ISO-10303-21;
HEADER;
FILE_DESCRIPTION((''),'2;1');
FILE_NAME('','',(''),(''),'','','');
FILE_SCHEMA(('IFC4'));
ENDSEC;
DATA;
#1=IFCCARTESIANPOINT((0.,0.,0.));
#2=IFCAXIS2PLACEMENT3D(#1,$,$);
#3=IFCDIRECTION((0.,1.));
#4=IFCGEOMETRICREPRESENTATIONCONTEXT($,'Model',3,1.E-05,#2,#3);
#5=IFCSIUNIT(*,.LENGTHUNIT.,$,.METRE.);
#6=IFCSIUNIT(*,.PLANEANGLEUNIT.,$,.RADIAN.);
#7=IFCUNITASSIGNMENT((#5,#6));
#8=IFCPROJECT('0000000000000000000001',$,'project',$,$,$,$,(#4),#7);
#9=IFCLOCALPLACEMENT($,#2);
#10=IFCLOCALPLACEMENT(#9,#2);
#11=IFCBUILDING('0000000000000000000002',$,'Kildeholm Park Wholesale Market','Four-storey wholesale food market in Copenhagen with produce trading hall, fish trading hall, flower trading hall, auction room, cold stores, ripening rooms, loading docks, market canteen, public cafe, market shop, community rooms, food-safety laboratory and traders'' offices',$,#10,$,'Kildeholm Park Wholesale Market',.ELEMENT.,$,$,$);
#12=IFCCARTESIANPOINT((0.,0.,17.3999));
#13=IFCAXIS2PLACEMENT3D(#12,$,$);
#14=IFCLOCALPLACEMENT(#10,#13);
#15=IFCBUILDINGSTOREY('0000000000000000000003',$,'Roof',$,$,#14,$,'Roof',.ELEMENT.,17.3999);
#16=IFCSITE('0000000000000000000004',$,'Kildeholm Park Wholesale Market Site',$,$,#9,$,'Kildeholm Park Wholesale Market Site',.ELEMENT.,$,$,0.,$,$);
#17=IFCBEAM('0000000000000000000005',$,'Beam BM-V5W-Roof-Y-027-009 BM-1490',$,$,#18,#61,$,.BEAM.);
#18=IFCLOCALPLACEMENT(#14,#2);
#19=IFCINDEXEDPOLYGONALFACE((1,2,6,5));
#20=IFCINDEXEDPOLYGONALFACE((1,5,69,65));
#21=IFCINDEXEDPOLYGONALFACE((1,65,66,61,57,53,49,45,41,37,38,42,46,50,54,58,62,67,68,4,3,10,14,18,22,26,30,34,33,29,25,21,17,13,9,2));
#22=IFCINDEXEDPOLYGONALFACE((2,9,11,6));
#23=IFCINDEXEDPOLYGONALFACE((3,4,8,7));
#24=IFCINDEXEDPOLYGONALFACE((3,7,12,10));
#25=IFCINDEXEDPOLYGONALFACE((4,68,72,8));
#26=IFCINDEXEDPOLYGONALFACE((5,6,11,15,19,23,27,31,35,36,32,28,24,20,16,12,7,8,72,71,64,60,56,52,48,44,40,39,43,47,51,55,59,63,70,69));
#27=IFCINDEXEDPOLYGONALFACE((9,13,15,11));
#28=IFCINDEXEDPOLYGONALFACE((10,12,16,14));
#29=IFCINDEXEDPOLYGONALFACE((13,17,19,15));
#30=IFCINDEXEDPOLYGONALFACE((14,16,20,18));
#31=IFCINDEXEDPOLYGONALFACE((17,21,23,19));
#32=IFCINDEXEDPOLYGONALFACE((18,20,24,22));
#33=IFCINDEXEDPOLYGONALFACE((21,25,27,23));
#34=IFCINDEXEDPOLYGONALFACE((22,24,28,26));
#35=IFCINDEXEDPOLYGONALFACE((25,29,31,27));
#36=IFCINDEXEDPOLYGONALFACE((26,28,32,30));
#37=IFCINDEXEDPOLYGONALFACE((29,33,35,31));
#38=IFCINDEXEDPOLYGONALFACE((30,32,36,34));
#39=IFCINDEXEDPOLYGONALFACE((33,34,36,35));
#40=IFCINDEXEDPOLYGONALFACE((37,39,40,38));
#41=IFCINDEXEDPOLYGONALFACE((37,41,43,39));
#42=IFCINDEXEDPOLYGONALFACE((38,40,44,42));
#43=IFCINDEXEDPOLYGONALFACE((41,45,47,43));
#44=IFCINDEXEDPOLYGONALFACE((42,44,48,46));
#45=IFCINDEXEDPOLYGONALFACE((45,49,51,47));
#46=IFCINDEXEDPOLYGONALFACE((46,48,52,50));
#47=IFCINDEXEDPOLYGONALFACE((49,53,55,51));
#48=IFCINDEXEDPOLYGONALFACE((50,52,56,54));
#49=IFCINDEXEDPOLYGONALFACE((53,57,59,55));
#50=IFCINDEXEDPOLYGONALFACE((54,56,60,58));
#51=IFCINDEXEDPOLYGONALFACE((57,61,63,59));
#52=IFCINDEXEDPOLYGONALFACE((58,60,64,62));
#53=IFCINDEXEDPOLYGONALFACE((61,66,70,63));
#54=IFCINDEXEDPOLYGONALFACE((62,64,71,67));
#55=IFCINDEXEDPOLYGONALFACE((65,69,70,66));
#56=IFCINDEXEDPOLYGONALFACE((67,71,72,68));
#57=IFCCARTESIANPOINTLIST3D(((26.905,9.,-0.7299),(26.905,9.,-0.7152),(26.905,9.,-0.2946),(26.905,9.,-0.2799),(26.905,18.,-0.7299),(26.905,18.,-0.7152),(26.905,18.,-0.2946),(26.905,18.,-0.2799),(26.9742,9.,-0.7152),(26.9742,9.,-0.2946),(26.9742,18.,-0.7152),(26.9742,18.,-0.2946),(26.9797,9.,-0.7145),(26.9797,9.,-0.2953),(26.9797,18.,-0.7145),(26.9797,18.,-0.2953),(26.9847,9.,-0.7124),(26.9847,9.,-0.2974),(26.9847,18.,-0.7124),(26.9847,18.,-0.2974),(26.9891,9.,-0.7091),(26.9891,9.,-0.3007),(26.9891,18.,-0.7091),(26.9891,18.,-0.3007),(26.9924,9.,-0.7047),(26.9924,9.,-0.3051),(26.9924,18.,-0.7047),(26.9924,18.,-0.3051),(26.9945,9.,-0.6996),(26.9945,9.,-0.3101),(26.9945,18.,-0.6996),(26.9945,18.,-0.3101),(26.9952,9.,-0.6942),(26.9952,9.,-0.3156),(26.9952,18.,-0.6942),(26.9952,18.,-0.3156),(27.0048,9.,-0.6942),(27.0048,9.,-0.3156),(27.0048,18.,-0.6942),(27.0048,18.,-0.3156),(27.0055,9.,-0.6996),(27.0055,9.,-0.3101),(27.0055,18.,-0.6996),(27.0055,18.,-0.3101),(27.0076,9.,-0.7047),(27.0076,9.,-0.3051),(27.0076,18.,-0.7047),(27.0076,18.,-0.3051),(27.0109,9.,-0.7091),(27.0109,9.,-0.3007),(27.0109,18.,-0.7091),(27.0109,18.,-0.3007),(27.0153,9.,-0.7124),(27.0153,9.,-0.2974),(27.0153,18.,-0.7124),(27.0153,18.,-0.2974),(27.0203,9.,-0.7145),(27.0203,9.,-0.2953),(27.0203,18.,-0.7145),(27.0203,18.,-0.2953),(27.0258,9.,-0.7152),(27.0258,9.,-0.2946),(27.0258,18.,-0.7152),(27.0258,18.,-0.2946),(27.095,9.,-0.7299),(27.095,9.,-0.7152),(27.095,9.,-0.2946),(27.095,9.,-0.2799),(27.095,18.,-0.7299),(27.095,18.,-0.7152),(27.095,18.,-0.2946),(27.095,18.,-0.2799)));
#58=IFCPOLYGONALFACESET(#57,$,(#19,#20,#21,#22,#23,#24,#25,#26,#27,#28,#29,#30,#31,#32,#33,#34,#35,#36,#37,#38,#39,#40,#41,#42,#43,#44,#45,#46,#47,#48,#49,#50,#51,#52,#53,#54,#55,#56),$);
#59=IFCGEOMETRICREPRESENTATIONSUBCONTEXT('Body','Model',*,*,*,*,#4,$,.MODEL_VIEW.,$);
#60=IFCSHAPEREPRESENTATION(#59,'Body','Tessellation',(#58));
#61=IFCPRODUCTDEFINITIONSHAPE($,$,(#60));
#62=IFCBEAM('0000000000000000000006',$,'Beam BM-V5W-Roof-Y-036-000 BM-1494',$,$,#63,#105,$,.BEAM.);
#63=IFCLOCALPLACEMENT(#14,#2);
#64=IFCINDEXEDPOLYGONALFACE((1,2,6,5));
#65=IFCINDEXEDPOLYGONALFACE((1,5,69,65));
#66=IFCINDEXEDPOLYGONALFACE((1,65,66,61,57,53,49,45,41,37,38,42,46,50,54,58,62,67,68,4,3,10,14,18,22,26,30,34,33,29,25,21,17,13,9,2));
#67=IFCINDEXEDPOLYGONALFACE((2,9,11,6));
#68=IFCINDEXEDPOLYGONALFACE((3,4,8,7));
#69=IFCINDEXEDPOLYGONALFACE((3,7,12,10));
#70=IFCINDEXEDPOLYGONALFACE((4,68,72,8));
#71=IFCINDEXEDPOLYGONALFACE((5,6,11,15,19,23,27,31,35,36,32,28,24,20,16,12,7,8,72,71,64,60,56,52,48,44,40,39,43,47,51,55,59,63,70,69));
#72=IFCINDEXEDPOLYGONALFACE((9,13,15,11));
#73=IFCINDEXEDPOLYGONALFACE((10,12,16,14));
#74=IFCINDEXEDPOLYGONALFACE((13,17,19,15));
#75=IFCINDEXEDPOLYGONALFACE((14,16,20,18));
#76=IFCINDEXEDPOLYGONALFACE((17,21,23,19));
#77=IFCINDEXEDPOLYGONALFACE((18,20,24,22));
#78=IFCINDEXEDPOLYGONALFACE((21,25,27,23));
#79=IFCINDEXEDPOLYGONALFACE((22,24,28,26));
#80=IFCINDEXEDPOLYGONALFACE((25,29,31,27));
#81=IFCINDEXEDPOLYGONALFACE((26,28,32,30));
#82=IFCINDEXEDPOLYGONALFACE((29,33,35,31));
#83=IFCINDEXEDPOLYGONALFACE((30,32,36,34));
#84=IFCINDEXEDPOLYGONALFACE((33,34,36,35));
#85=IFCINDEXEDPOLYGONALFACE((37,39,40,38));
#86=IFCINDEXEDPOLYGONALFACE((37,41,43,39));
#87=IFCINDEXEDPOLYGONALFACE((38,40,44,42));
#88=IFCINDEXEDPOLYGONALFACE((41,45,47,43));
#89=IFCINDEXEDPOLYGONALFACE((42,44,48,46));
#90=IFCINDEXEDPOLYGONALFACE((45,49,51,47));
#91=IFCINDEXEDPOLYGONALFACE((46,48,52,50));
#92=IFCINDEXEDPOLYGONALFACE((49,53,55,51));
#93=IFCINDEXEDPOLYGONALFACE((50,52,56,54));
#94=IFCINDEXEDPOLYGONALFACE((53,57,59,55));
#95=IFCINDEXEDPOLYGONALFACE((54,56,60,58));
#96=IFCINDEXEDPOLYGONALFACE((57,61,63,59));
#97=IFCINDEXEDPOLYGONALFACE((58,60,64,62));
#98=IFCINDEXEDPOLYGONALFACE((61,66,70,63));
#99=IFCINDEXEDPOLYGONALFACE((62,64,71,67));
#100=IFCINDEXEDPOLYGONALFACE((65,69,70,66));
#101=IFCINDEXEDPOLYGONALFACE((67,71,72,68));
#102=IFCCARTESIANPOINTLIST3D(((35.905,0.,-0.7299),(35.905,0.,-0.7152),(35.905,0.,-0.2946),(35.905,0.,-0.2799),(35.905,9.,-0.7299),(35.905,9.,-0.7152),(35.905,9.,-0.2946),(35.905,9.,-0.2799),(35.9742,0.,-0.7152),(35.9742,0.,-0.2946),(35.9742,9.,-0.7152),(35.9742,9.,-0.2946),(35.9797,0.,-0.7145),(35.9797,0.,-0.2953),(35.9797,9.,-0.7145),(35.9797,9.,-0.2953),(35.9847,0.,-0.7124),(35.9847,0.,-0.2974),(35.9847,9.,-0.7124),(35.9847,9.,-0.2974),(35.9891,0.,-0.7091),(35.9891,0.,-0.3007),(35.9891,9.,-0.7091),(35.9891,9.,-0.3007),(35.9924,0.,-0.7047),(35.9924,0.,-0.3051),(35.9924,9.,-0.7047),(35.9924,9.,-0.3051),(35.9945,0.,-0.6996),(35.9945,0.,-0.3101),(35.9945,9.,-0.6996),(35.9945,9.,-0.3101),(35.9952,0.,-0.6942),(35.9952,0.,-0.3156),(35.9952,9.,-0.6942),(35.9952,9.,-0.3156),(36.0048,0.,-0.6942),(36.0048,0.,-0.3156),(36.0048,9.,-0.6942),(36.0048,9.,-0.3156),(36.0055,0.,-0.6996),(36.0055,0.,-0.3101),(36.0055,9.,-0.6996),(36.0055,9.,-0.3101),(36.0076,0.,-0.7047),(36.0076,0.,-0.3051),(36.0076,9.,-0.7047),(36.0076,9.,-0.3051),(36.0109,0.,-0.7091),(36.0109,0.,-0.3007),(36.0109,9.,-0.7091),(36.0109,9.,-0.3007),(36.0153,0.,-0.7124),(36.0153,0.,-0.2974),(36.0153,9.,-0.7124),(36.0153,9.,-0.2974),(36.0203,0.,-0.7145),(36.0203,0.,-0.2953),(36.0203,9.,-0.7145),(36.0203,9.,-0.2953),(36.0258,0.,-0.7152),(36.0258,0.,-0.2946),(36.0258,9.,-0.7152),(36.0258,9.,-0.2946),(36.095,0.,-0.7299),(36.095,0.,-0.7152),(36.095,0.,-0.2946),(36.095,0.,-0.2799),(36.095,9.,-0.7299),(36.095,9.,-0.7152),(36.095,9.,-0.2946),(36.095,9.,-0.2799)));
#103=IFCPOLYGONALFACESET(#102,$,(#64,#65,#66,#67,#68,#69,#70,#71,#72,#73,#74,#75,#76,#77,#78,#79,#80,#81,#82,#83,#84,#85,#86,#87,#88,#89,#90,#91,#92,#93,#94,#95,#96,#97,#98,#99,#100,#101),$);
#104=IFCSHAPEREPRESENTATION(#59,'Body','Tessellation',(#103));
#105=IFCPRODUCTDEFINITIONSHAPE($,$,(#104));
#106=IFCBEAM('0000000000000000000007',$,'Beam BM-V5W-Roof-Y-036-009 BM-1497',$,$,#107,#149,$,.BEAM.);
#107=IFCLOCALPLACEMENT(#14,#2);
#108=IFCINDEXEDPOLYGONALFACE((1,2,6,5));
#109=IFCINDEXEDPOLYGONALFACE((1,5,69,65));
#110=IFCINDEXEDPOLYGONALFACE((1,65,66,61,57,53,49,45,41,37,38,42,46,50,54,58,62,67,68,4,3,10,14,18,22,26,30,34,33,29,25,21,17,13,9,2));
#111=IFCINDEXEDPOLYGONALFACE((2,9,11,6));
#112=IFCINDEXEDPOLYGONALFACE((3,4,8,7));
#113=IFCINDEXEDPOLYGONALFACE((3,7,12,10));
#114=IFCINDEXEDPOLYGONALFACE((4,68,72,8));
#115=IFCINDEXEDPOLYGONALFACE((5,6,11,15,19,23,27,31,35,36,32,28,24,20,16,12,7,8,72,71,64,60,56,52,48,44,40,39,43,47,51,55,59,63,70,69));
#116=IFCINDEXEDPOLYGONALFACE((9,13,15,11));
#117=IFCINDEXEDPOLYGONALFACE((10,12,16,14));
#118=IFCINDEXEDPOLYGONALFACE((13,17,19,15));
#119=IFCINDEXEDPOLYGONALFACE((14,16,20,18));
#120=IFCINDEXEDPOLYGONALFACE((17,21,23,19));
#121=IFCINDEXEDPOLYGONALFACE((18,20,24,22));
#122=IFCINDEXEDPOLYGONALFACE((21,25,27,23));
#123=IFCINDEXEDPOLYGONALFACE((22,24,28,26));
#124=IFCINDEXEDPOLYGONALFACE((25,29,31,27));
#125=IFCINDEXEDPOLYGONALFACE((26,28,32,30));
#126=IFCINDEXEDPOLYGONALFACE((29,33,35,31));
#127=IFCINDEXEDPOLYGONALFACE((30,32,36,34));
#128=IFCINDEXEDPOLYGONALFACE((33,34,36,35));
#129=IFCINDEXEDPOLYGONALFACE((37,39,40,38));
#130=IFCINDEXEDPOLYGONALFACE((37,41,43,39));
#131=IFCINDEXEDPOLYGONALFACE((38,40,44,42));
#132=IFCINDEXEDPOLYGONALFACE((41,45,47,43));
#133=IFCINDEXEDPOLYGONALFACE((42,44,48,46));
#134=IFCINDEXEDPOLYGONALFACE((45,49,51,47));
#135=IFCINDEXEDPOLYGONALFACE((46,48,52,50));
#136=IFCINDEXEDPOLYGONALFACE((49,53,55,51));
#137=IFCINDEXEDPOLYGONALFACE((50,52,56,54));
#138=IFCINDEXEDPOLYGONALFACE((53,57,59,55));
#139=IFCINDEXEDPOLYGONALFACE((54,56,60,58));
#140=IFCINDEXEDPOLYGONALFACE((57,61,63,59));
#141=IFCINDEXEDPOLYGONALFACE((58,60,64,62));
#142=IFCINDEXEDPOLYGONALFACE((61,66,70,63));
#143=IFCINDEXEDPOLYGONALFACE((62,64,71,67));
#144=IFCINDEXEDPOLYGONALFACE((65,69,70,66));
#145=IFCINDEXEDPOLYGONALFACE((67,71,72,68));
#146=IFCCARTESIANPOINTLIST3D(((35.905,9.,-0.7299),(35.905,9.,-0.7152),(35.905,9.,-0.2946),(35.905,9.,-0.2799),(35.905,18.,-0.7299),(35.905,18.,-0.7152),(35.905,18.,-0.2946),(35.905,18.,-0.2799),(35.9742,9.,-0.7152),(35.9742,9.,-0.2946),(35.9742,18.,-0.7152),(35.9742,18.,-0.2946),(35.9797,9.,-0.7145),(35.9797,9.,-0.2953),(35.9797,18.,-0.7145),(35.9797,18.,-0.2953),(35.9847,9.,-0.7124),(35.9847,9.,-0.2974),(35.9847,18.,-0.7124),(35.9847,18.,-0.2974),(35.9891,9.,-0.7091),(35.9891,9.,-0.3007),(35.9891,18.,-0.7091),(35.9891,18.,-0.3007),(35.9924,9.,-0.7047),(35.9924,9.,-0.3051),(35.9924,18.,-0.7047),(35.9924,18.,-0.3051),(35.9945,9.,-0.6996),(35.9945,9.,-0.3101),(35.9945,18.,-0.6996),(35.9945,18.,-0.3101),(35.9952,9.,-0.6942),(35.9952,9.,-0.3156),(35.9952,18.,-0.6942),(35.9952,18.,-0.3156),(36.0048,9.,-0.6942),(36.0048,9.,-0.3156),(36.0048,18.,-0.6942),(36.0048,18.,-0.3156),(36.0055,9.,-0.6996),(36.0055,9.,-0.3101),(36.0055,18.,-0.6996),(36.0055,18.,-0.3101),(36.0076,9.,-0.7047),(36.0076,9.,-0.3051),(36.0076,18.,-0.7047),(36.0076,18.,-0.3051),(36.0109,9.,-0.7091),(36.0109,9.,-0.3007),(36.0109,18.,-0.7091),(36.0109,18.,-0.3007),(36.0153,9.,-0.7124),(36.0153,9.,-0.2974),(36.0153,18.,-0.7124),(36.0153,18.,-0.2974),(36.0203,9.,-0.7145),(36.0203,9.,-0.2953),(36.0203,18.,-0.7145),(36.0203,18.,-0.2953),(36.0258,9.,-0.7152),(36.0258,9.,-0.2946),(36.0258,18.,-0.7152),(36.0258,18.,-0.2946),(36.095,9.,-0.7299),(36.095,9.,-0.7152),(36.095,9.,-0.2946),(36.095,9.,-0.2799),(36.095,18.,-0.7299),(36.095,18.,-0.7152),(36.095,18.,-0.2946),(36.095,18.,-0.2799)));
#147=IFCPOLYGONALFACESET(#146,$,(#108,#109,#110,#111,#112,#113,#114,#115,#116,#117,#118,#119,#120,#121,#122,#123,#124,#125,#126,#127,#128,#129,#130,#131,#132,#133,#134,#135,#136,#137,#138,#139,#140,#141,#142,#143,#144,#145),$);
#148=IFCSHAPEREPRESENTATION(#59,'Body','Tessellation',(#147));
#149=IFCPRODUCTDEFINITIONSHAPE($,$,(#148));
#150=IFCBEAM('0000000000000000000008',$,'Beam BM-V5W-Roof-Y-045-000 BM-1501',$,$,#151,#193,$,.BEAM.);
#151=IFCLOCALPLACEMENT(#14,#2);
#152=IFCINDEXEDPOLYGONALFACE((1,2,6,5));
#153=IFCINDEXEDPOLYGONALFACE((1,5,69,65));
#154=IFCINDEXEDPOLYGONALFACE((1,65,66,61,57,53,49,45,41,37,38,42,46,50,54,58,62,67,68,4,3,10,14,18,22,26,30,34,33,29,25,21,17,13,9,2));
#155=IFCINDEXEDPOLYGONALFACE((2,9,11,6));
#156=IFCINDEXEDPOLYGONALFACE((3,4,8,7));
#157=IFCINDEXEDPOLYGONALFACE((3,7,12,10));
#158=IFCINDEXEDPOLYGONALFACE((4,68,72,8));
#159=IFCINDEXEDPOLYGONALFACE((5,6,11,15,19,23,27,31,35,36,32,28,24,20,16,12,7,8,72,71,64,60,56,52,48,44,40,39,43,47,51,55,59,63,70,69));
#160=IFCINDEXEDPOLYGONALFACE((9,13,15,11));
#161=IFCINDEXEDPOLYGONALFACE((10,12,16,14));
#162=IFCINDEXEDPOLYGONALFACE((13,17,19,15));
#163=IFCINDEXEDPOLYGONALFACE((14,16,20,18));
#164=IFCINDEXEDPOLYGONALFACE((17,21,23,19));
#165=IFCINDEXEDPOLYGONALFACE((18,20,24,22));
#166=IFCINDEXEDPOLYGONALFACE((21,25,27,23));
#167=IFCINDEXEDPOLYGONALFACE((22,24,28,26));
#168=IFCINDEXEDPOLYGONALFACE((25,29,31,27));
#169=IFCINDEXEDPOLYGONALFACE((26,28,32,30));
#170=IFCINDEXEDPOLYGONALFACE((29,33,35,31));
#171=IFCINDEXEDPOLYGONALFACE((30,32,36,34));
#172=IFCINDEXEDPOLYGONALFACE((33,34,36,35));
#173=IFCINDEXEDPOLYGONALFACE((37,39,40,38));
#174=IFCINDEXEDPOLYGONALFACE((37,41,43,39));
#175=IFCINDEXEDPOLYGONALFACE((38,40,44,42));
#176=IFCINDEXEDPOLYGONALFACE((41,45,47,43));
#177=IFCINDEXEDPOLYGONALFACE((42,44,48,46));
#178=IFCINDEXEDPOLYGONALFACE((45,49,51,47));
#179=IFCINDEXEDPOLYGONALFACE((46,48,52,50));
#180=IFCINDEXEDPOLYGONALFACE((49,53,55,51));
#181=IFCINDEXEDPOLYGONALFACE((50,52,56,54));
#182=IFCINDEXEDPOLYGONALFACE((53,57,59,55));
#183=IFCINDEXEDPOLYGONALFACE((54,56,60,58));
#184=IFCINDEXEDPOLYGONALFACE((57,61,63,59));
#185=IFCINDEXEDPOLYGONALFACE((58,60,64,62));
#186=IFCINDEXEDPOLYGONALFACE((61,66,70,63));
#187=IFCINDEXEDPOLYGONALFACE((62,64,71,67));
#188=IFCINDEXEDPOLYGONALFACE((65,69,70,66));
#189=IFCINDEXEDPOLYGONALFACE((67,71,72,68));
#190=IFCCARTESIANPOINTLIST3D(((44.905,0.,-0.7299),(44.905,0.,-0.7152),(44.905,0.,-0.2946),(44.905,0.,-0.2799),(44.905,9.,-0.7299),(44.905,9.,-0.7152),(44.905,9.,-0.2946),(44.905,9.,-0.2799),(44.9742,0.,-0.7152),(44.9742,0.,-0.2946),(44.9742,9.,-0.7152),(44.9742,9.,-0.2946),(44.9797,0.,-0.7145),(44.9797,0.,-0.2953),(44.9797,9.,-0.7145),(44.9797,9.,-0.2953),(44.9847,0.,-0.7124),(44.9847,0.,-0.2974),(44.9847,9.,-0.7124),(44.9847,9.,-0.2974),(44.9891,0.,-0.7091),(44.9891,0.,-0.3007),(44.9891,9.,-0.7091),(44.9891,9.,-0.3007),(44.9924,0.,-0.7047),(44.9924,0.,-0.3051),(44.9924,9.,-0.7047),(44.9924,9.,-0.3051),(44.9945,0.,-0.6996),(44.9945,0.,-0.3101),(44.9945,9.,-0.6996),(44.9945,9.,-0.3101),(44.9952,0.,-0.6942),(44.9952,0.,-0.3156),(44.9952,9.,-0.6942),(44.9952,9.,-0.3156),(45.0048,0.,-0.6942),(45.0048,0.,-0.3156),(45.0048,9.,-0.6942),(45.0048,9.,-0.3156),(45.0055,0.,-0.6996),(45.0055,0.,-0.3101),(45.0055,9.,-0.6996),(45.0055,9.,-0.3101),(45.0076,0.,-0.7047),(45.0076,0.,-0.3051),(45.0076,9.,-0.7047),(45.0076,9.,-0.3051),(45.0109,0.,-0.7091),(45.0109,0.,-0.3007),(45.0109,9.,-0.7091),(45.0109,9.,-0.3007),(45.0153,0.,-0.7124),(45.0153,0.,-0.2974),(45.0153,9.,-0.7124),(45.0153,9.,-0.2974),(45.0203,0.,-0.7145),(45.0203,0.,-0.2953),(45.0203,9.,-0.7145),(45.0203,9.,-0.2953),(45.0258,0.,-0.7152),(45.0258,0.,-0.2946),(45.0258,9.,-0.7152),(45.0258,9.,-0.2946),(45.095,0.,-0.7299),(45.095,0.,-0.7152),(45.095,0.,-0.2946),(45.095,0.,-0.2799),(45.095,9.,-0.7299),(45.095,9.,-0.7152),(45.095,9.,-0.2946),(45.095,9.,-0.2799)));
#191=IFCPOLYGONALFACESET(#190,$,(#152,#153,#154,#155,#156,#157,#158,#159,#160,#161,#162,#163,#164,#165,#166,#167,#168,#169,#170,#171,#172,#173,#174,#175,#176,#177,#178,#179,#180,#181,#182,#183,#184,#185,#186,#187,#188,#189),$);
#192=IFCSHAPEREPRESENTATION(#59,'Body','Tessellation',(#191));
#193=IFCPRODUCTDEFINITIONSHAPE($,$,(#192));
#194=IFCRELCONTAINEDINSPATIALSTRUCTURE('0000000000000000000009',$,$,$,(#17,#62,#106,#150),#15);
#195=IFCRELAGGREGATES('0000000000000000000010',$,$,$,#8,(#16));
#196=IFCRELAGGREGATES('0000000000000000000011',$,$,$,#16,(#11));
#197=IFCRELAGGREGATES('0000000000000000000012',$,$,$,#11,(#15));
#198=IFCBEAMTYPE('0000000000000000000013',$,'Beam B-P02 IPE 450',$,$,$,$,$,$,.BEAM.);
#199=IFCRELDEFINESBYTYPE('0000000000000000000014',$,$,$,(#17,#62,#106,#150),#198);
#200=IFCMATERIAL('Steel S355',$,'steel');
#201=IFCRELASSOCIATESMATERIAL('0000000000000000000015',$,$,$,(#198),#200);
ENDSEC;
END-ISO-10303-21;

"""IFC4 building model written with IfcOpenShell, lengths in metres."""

from ifc_helpers import new_model, si_unit, direction, frame, origin, origin_2d, place, context, subcontext, project, spatial, i_section, extrude, material, material_profile, profile_set, type_object, element, save


model = new_model("IFC4")

# Units and contexts
model_context = context("Model", 3, precision=1e-05, world=origin(), true_north=direction((0.0, 1.0)))
body_context = subcontext(model_context, "Body", "Model", "MODEL_VIEW")
ifc_project = project(units=[si_unit("LENGTHUNIT", "METRE"), si_unit("PLANEANGLEUNIT", "RADIAN")], contexts=[model_context])

# Site, building, storey
site_placement = place(None, origin())
site = spatial("IfcSite", under=ifc_project, at=site_placement, Name="Kildeholm Park Wholesale Market Site", LongName="Kildeholm Park Wholesale Market Site", CompositionType="ELEMENT", RefElevation=0.0)
building_placement = place(site_placement, origin())
building = spatial("IfcBuilding", under=site, at=building_placement, Name="Kildeholm Park Wholesale Market", Description="Four-storey wholesale food market in Copenhagen with produce trading hall, fish trading hall, flower trading hall, auction room, cold stores, ripening rooms, loading docks, market canteen, public cafe, market shop, community rooms, food-safety laboratory and traders' offices", LongName="Kildeholm Park Wholesale Market", CompositionType="ELEMENT")
storey_placement = place(building_placement, frame((0.0, 0.0, 17.3999)))
storey = spatial("IfcBuildingStorey", under=building, at=storey_placement, Name="Roof", LongName="Roof", CompositionType="ELEMENT", Elevation=17.3999)

# Beams
ifc_material = material(Name="Steel S355", Category="steel")
ifc_material_profile_1 = material_profile(ifc_material, i_section(OverallWidth=0.1899, OverallDepth=0.45, WebThickness=0.0095, FlangeThickness=0.0146, FilletRadius=0.021, at=origin_2d()), Name="IPE 450")
ifc_profile_set_1 = profile_set([ifc_material_profile_1], Name="Steel S355")
beam_type_1 = type_object("IfcBeamType", Name="Beam B-P02 IPE 450", PredefinedType="BEAM", material=ifc_profile_set_1)
for number, where, z_axis, x_axis, name in (
    (1, (27.0, 9.0, -0.5049), (0.0, 1.0, 0.0), (-1.0, 0.0, 0.0), "Beam BM-V5W-Roof-Y-027-009 BM-1490"),
    (2, (36.0, 0.0, -0.5049), (0.0, 1.0, 0.0), (-1.0, 0.0, 0.0), "Beam BM-V5W-Roof-Y-036-000 BM-1494"),
    (3, (36.0, 9.0, -0.5049), (0.0, 1.0, 0.0), (-1.0, 0.0, 0.0), "Beam BM-V5W-Roof-Y-036-009 BM-1497"),
    (4, (45.0, 0.0, -0.5049), (0.0, 1.0, 0.0), (-1.0, 0.0, 0.0), "Beam BM-V5W-Roof-Y-045-000 BM-1501"),
):
    element("IfcBeam", number, at=place(storey_placement, frame(where, z_axis=z_axis, x_axis=x_axis)), inside=storey, type_object=beam_type_1, Name=name, PredefinedType="BEAM", context=body_context, shape_type="SweptSolid", body=[
        extrude(i_section(OverallWidth=0.1899, OverallDepth=0.45, WebThickness=0.0095, FlangeThickness=0.0146, FilletRadius=0.021, at=origin_2d()), origin(), (0.0, 0.0, 1.0), 9.0),
    ])

save(model, "model.ifc")
